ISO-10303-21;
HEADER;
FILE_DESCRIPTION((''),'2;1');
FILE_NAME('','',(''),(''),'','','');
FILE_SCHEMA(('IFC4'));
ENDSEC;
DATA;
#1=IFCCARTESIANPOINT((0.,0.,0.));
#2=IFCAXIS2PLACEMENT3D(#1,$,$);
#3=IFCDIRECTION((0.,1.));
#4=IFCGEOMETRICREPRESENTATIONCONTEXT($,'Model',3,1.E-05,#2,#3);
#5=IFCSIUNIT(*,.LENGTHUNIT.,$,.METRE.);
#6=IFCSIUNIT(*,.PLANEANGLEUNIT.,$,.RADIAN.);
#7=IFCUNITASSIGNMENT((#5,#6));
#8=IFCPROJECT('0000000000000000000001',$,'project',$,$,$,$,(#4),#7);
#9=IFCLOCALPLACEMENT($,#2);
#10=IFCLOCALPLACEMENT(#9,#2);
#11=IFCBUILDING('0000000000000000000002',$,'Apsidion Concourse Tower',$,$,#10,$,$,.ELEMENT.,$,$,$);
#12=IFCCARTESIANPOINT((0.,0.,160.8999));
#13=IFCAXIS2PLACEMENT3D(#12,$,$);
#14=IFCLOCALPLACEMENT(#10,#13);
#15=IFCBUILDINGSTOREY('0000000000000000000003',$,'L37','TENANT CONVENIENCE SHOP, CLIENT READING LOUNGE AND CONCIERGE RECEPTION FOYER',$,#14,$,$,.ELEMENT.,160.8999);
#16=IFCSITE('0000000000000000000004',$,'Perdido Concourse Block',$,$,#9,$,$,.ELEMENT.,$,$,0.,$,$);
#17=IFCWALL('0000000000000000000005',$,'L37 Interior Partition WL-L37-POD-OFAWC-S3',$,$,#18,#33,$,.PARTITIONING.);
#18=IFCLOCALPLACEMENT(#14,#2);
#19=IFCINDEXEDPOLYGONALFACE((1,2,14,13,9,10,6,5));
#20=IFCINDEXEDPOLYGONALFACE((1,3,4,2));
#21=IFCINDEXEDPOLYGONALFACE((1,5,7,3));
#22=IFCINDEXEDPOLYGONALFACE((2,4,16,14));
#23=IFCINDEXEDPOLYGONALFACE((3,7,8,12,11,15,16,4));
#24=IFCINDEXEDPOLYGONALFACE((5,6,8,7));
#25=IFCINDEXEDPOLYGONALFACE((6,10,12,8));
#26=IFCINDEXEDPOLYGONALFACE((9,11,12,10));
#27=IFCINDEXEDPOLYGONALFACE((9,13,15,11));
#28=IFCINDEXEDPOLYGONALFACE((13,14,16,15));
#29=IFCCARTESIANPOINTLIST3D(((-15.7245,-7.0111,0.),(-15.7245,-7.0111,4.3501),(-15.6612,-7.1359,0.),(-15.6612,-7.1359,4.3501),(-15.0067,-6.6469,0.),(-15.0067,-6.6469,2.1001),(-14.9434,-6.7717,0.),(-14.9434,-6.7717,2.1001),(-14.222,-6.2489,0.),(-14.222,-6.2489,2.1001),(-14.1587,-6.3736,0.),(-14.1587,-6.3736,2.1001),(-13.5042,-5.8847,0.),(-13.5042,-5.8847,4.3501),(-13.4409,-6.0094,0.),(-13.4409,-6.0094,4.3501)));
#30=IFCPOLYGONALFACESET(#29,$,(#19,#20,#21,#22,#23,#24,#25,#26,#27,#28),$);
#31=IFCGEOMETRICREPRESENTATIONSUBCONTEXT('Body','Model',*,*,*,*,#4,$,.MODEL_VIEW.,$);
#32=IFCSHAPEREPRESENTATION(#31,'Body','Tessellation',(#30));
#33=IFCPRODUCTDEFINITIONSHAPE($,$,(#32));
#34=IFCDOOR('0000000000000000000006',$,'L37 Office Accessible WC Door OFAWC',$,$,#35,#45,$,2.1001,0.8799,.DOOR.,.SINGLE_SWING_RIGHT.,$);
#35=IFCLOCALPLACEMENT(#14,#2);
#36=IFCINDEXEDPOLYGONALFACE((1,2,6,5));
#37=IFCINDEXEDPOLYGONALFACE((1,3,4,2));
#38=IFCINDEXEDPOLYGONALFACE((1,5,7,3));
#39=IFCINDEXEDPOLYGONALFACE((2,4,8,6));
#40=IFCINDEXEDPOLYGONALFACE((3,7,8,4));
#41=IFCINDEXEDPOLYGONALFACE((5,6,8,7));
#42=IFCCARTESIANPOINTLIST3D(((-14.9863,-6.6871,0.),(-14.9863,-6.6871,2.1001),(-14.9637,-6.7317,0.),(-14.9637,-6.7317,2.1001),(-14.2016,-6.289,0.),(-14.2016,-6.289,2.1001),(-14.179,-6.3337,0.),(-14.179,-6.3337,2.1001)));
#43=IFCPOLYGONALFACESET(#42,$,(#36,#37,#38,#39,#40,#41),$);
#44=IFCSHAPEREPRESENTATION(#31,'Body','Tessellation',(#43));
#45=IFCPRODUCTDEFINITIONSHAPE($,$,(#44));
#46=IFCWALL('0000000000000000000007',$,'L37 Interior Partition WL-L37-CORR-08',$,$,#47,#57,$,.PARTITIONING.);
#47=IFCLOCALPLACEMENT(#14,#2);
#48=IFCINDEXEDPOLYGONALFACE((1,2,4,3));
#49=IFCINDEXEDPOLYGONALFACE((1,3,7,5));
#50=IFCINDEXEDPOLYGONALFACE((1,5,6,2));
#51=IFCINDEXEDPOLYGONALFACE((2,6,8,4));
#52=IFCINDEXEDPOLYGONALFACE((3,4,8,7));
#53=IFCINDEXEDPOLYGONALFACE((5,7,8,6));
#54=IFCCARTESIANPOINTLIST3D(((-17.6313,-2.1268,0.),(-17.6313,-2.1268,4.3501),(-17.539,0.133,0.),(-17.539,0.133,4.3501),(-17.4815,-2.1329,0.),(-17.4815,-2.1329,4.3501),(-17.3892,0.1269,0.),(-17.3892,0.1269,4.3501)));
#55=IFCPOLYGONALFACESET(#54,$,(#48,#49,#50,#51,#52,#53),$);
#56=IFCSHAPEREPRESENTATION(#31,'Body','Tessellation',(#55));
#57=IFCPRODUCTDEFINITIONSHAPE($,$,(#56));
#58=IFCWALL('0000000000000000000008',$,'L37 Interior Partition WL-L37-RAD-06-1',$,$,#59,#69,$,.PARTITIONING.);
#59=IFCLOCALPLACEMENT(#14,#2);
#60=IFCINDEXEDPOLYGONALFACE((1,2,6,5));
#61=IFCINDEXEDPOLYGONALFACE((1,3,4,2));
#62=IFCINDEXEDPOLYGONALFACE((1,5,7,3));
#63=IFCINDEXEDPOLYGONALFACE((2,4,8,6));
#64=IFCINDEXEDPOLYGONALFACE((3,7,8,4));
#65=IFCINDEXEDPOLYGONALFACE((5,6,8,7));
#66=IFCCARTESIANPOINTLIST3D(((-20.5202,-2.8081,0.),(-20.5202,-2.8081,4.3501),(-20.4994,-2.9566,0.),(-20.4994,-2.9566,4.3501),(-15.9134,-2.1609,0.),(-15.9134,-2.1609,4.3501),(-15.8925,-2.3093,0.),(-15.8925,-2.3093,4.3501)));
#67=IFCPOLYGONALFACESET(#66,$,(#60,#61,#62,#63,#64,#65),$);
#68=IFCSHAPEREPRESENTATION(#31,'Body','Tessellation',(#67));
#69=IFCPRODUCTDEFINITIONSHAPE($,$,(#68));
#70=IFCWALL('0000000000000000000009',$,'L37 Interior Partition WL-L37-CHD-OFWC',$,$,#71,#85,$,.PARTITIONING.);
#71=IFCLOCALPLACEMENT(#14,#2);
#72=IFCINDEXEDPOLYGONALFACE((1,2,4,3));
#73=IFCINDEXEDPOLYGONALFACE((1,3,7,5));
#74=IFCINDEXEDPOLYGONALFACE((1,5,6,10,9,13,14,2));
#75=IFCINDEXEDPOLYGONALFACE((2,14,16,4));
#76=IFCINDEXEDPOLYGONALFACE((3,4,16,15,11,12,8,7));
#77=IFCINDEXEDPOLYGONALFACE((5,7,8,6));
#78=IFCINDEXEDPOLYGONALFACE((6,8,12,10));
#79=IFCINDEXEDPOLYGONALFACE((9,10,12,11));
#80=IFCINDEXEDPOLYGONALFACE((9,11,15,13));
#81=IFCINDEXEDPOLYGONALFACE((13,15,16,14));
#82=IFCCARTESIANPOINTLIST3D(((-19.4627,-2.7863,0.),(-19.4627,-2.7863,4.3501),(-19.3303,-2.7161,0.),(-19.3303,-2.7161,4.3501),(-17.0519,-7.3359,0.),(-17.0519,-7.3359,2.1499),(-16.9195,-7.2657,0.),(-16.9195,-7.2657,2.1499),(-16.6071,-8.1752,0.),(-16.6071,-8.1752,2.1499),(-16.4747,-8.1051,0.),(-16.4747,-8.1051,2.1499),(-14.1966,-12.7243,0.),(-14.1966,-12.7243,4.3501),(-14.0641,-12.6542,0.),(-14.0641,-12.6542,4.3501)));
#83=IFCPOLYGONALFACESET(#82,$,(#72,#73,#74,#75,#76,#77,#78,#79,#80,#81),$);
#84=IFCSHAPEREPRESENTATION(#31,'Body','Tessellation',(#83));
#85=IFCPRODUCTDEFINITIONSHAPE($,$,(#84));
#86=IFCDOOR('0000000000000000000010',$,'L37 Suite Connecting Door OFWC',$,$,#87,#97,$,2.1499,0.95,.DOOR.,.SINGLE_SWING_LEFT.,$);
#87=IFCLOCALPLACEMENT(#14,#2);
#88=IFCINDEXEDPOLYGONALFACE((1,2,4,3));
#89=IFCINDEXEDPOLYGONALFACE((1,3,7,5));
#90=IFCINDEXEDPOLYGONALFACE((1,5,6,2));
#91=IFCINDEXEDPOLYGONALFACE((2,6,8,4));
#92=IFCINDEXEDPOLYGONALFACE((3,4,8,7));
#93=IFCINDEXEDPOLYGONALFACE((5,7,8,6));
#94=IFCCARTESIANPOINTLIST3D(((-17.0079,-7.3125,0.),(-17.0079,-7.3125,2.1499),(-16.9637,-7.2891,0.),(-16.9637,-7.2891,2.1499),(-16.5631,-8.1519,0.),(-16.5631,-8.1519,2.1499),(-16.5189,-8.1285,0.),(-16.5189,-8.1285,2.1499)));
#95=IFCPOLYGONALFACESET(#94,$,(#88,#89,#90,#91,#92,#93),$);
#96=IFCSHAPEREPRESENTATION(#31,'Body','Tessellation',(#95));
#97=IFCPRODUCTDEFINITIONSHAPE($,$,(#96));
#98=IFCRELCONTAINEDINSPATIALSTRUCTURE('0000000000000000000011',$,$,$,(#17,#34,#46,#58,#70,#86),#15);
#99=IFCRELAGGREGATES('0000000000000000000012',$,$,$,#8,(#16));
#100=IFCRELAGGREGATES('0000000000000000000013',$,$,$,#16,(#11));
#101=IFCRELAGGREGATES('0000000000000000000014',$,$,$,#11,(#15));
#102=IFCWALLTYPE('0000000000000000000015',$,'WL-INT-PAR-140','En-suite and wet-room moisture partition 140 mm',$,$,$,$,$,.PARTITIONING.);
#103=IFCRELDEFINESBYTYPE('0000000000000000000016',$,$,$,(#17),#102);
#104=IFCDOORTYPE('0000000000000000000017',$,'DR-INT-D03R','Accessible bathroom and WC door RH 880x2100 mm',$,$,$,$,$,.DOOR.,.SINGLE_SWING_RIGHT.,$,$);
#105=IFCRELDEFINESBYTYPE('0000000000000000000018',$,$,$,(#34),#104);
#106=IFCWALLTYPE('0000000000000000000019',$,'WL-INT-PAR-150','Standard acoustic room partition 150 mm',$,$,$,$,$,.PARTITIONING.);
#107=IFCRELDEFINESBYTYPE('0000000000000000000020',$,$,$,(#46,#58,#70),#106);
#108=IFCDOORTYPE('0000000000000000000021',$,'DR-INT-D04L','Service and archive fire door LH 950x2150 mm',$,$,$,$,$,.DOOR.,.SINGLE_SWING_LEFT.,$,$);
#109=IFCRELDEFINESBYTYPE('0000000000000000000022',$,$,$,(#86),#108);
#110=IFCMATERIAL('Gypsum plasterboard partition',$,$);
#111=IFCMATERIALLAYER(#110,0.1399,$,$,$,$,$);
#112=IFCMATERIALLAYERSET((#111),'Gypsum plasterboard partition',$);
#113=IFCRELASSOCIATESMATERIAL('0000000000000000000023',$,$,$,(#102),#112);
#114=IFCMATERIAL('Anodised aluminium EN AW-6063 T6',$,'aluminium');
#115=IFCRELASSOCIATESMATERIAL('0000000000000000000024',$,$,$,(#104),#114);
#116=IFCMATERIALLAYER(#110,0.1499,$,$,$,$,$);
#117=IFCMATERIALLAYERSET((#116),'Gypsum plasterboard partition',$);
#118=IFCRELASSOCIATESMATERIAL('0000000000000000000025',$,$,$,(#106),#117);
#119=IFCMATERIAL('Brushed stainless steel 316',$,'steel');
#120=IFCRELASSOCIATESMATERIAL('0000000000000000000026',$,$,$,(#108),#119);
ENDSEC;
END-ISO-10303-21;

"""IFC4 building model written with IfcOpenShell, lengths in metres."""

from ifc_helpers import new_model, si_unit, direction, frame, frame_2d, origin, place, context, subcontext, project, spatial, rectangle, extrude, material, layer, layer_set, type_object, element, fill, save


model = new_model("IFC4")

# Units and contexts
model_context = context("Model", 3, precision=1e-05, world=origin(), true_north=direction((0.0, 1.0)))
body_context = subcontext(model_context, "Body", "Model", "MODEL_VIEW")
ifc_project = project(units=[si_unit("LENGTHUNIT", "METRE"), si_unit("PLANEANGLEUNIT", "RADIAN")], contexts=[model_context])

# Site, building, storey
site_placement = place(None, origin())
site = spatial("IfcSite", under=ifc_project, at=site_placement, Name="Perdido Concourse Block", CompositionType="ELEMENT", RefElevation=0.0)
building_placement = place(site_placement, origin())
building = spatial("IfcBuilding", under=site, at=building_placement, Name="Apsidion Concourse Tower", CompositionType="ELEMENT")
storey_placement = place(building_placement, frame((0.0, 0.0, 160.8999)))
storey = spatial("IfcBuildingStorey", under=building, at=storey_placement, Name="L37", Description="TENANT CONVENIENCE SHOP, CLIENT READING LOUNGE AND CONCIERGE RECEPTION FOYER", CompositionType="ELEMENT", Elevation=160.8999)

# Shared definitions
ifc_material_1 = material(Name="Anodised aluminium EN AW-6063 T6", Category="aluminium")

# Shared definitions
ifc_material_2 = material(Name="Gypsum plasterboard partition")
ifc_layer_1 = layer(ifc_material_2, 0.1399)
ifc_layer_set_1 = layer_set([ifc_layer_1], Name="Gypsum plasterboard partition")
wall_type_1 = type_object("IfcWallType", Name="WL-INT-PAR-140", Description="En-suite and wet-room moisture partition 140 mm", PredefinedType="PARTITIONING", material=ifc_layer_set_1)

# Wall, opening, door
wall_1_placement = place(storey_placement, frame((-15.6929, -7.0735, 0.0), z_axis=(0.0, 0.0, 1.0), x_axis=(0.891804, 0.452422, 0.0)))
wall_1 = element("IfcWall", 1, at=wall_1_placement, inside=storey, type_object=wall_type_1, Name="L37 Interior Partition WL-L37-POD-OFAWC-S3", PredefinedType="PARTITIONING", context=body_context, shape_type="SweptSolid", body=[
    extrude(rectangle(XDim=2.4897, YDim=0.1399, at=frame_2d((1.2449, 0.0))), origin(), (0.0, 0.0, 1.0), 4.3501),
])
opening_1_placement = place(wall_1_placement, frame((0.8049, 0.0, 0.0)))
opening_1 = element("IfcOpeningElement", 2, at=opening_1_placement, cuts=wall_1, PredefinedType="OPENING", context=body_context, shape_type="SweptSolid", body=[
    extrude(rectangle(XDim=0.8799, YDim=2.1001, at=frame_2d((0.4399, 1.05))), frame((0.0, 0.0801, 0.0), z_axis=(0.0, -1.0, 0.0), x_axis=(1.0, 0.0, 0.0)), (0.0, 0.0, 1.0), 0.1599),
])
door_type_1 = type_object("IfcDoorType", Name="DR-INT-D03R", Description="Accessible bathroom and WC door RH 880x2100 mm", OperationType="SINGLE_SWING_RIGHT", PredefinedType="DOOR", material=ifc_material_1)
door_1_placement = place(opening_1_placement, origin())
door_1 = element("IfcDoor", 3, at=door_1_placement, inside=storey, type_object=door_type_1, Name="L37 Office Accessible WC Door OFAWC", OperationType="SINGLE_SWING_RIGHT", OverallHeight=2.1001, OverallWidth=0.8799, PredefinedType="DOOR", context=body_context, shape_type="SweptSolid", body=[
    extrude(rectangle(XDim=0.8799, YDim=2.1001, at=frame_2d((0.4399, 1.05))), frame((0.0, 0.0249, 0.0), z_axis=(0.0, -1.0, 0.0), x_axis=(1.0, 0.0, 0.0)), (0.0, 0.0, 1.0), 0.05),
])
fill(opening_1, door_1)

# Walls
ifc_layer_2 = layer(ifc_material_2, 0.1499)
ifc_layer_set_2 = layer_set([ifc_layer_2], Name="Gypsum plasterboard partition")
wall_type_2 = type_object("IfcWallType", Name="WL-INT-PAR-150", Description="Standard acoustic room partition 150 mm", PredefinedType="PARTITIONING", material=ifc_layer_set_2)
wall_2_placement = place(storey_placement, frame((-17.5564, -2.1299, 0.0), z_axis=(0.0, 0.0, 1.0), x_axis=(0.040804, 0.999167, 0.0)))
element("IfcWall", 4, at=wall_2_placement, inside=storey, type_object=wall_type_2, Name="L37 Interior Partition WL-L37-CORR-08", PredefinedType="PARTITIONING", context=body_context, shape_type="SweptSolid", body=[
    extrude(rectangle(XDim=2.2617, YDim=0.1499, at=frame_2d((1.1309, 0.0))), origin(), (0.0, 0.0, 1.0), 4.3501),
])
wall_3_placement = place(storey_placement, frame((-15.9028, -2.2351, 0.0), z_axis=(0.0, 0.0, 1.0), x_axis=(-0.990275, -0.139121, 0.0)))
element("IfcWall", 5, at=wall_3_placement, inside=storey, type_object=wall_type_2, Name="L37 Interior Partition WL-L37-RAD-06-1", PredefinedType="PARTITIONING", context=body_context, shape_type="SweptSolid", body=[
    extrude(rectangle(XDim=4.6521, YDim=0.1499, at=frame_2d((2.3262, 0.0))), origin(), (0.0, 0.0, 1.0), 4.3501),
])

# Wall, opening, door
wall_4_placement = place(storey_placement, frame((-19.3965, -2.7512, 0.0), z_axis=(0.0, 0.0, 1.0), x_axis=(0.468223, -0.88361, 0.0)))
wall_4 = element("IfcWall", 6, at=wall_4_placement, inside=storey, type_object=wall_type_2, Name="L37 Interior Partition WL-L37-CHD-OFWC", PredefinedType="PARTITIONING", context=body_context, shape_type="SweptSolid", body=[
    extrude(rectangle(XDim=11.2471, YDim=0.1499, at=frame_2d((5.6235, 0.0))), origin(), (0.0, 0.0, 1.0), 4.3501),
])
opening_2_placement = place(wall_4_placement, frame((5.1487, 0.0, 0.0)))
opening_2 = element("IfcOpeningElement", 7, at=opening_2_placement, cuts=wall_4, PredefinedType="OPENING", context=body_context, shape_type="SweptSolid", body=[
    extrude(rectangle(XDim=0.95, YDim=2.1499, at=frame_2d((0.4751, 1.075))), frame((0.0, 0.085, 0.0), z_axis=(0.0, -1.0, 0.0), x_axis=(1.0, 0.0, 0.0)), (0.0, 0.0, 1.0), 0.1699),
])
ifc_material_3 = material(Name="Brushed stainless steel 316", Category="steel")
door_type_2 = type_object("IfcDoorType", Name="DR-INT-D04L", Description="Service and archive fire door LH 950x2150 mm", OperationType="SINGLE_SWING_LEFT", PredefinedType="DOOR", material=ifc_material_3)
door_2_placement = place(opening_2_placement, origin())
door_2 = element("IfcDoor", 8, at=door_2_placement, inside=storey, type_object=door_type_2, Name="L37 Suite Connecting Door OFWC", OperationType="SINGLE_SWING_LEFT", OverallHeight=2.1499, OverallWidth=0.95, PredefinedType="DOOR", context=body_context, shape_type="SweptSolid", body=[
    extrude(rectangle(XDim=0.95, YDim=2.1499, at=frame_2d((0.4751, 1.075))), frame((0.0, 0.0249, 0.0), z_axis=(0.0, -1.0, 0.0), x_axis=(1.0, 0.0, 0.0)), (0.0, 0.0, 1.0), 0.05),
])
fill(opening_2, door_2)

save(model, "model.ifc")
